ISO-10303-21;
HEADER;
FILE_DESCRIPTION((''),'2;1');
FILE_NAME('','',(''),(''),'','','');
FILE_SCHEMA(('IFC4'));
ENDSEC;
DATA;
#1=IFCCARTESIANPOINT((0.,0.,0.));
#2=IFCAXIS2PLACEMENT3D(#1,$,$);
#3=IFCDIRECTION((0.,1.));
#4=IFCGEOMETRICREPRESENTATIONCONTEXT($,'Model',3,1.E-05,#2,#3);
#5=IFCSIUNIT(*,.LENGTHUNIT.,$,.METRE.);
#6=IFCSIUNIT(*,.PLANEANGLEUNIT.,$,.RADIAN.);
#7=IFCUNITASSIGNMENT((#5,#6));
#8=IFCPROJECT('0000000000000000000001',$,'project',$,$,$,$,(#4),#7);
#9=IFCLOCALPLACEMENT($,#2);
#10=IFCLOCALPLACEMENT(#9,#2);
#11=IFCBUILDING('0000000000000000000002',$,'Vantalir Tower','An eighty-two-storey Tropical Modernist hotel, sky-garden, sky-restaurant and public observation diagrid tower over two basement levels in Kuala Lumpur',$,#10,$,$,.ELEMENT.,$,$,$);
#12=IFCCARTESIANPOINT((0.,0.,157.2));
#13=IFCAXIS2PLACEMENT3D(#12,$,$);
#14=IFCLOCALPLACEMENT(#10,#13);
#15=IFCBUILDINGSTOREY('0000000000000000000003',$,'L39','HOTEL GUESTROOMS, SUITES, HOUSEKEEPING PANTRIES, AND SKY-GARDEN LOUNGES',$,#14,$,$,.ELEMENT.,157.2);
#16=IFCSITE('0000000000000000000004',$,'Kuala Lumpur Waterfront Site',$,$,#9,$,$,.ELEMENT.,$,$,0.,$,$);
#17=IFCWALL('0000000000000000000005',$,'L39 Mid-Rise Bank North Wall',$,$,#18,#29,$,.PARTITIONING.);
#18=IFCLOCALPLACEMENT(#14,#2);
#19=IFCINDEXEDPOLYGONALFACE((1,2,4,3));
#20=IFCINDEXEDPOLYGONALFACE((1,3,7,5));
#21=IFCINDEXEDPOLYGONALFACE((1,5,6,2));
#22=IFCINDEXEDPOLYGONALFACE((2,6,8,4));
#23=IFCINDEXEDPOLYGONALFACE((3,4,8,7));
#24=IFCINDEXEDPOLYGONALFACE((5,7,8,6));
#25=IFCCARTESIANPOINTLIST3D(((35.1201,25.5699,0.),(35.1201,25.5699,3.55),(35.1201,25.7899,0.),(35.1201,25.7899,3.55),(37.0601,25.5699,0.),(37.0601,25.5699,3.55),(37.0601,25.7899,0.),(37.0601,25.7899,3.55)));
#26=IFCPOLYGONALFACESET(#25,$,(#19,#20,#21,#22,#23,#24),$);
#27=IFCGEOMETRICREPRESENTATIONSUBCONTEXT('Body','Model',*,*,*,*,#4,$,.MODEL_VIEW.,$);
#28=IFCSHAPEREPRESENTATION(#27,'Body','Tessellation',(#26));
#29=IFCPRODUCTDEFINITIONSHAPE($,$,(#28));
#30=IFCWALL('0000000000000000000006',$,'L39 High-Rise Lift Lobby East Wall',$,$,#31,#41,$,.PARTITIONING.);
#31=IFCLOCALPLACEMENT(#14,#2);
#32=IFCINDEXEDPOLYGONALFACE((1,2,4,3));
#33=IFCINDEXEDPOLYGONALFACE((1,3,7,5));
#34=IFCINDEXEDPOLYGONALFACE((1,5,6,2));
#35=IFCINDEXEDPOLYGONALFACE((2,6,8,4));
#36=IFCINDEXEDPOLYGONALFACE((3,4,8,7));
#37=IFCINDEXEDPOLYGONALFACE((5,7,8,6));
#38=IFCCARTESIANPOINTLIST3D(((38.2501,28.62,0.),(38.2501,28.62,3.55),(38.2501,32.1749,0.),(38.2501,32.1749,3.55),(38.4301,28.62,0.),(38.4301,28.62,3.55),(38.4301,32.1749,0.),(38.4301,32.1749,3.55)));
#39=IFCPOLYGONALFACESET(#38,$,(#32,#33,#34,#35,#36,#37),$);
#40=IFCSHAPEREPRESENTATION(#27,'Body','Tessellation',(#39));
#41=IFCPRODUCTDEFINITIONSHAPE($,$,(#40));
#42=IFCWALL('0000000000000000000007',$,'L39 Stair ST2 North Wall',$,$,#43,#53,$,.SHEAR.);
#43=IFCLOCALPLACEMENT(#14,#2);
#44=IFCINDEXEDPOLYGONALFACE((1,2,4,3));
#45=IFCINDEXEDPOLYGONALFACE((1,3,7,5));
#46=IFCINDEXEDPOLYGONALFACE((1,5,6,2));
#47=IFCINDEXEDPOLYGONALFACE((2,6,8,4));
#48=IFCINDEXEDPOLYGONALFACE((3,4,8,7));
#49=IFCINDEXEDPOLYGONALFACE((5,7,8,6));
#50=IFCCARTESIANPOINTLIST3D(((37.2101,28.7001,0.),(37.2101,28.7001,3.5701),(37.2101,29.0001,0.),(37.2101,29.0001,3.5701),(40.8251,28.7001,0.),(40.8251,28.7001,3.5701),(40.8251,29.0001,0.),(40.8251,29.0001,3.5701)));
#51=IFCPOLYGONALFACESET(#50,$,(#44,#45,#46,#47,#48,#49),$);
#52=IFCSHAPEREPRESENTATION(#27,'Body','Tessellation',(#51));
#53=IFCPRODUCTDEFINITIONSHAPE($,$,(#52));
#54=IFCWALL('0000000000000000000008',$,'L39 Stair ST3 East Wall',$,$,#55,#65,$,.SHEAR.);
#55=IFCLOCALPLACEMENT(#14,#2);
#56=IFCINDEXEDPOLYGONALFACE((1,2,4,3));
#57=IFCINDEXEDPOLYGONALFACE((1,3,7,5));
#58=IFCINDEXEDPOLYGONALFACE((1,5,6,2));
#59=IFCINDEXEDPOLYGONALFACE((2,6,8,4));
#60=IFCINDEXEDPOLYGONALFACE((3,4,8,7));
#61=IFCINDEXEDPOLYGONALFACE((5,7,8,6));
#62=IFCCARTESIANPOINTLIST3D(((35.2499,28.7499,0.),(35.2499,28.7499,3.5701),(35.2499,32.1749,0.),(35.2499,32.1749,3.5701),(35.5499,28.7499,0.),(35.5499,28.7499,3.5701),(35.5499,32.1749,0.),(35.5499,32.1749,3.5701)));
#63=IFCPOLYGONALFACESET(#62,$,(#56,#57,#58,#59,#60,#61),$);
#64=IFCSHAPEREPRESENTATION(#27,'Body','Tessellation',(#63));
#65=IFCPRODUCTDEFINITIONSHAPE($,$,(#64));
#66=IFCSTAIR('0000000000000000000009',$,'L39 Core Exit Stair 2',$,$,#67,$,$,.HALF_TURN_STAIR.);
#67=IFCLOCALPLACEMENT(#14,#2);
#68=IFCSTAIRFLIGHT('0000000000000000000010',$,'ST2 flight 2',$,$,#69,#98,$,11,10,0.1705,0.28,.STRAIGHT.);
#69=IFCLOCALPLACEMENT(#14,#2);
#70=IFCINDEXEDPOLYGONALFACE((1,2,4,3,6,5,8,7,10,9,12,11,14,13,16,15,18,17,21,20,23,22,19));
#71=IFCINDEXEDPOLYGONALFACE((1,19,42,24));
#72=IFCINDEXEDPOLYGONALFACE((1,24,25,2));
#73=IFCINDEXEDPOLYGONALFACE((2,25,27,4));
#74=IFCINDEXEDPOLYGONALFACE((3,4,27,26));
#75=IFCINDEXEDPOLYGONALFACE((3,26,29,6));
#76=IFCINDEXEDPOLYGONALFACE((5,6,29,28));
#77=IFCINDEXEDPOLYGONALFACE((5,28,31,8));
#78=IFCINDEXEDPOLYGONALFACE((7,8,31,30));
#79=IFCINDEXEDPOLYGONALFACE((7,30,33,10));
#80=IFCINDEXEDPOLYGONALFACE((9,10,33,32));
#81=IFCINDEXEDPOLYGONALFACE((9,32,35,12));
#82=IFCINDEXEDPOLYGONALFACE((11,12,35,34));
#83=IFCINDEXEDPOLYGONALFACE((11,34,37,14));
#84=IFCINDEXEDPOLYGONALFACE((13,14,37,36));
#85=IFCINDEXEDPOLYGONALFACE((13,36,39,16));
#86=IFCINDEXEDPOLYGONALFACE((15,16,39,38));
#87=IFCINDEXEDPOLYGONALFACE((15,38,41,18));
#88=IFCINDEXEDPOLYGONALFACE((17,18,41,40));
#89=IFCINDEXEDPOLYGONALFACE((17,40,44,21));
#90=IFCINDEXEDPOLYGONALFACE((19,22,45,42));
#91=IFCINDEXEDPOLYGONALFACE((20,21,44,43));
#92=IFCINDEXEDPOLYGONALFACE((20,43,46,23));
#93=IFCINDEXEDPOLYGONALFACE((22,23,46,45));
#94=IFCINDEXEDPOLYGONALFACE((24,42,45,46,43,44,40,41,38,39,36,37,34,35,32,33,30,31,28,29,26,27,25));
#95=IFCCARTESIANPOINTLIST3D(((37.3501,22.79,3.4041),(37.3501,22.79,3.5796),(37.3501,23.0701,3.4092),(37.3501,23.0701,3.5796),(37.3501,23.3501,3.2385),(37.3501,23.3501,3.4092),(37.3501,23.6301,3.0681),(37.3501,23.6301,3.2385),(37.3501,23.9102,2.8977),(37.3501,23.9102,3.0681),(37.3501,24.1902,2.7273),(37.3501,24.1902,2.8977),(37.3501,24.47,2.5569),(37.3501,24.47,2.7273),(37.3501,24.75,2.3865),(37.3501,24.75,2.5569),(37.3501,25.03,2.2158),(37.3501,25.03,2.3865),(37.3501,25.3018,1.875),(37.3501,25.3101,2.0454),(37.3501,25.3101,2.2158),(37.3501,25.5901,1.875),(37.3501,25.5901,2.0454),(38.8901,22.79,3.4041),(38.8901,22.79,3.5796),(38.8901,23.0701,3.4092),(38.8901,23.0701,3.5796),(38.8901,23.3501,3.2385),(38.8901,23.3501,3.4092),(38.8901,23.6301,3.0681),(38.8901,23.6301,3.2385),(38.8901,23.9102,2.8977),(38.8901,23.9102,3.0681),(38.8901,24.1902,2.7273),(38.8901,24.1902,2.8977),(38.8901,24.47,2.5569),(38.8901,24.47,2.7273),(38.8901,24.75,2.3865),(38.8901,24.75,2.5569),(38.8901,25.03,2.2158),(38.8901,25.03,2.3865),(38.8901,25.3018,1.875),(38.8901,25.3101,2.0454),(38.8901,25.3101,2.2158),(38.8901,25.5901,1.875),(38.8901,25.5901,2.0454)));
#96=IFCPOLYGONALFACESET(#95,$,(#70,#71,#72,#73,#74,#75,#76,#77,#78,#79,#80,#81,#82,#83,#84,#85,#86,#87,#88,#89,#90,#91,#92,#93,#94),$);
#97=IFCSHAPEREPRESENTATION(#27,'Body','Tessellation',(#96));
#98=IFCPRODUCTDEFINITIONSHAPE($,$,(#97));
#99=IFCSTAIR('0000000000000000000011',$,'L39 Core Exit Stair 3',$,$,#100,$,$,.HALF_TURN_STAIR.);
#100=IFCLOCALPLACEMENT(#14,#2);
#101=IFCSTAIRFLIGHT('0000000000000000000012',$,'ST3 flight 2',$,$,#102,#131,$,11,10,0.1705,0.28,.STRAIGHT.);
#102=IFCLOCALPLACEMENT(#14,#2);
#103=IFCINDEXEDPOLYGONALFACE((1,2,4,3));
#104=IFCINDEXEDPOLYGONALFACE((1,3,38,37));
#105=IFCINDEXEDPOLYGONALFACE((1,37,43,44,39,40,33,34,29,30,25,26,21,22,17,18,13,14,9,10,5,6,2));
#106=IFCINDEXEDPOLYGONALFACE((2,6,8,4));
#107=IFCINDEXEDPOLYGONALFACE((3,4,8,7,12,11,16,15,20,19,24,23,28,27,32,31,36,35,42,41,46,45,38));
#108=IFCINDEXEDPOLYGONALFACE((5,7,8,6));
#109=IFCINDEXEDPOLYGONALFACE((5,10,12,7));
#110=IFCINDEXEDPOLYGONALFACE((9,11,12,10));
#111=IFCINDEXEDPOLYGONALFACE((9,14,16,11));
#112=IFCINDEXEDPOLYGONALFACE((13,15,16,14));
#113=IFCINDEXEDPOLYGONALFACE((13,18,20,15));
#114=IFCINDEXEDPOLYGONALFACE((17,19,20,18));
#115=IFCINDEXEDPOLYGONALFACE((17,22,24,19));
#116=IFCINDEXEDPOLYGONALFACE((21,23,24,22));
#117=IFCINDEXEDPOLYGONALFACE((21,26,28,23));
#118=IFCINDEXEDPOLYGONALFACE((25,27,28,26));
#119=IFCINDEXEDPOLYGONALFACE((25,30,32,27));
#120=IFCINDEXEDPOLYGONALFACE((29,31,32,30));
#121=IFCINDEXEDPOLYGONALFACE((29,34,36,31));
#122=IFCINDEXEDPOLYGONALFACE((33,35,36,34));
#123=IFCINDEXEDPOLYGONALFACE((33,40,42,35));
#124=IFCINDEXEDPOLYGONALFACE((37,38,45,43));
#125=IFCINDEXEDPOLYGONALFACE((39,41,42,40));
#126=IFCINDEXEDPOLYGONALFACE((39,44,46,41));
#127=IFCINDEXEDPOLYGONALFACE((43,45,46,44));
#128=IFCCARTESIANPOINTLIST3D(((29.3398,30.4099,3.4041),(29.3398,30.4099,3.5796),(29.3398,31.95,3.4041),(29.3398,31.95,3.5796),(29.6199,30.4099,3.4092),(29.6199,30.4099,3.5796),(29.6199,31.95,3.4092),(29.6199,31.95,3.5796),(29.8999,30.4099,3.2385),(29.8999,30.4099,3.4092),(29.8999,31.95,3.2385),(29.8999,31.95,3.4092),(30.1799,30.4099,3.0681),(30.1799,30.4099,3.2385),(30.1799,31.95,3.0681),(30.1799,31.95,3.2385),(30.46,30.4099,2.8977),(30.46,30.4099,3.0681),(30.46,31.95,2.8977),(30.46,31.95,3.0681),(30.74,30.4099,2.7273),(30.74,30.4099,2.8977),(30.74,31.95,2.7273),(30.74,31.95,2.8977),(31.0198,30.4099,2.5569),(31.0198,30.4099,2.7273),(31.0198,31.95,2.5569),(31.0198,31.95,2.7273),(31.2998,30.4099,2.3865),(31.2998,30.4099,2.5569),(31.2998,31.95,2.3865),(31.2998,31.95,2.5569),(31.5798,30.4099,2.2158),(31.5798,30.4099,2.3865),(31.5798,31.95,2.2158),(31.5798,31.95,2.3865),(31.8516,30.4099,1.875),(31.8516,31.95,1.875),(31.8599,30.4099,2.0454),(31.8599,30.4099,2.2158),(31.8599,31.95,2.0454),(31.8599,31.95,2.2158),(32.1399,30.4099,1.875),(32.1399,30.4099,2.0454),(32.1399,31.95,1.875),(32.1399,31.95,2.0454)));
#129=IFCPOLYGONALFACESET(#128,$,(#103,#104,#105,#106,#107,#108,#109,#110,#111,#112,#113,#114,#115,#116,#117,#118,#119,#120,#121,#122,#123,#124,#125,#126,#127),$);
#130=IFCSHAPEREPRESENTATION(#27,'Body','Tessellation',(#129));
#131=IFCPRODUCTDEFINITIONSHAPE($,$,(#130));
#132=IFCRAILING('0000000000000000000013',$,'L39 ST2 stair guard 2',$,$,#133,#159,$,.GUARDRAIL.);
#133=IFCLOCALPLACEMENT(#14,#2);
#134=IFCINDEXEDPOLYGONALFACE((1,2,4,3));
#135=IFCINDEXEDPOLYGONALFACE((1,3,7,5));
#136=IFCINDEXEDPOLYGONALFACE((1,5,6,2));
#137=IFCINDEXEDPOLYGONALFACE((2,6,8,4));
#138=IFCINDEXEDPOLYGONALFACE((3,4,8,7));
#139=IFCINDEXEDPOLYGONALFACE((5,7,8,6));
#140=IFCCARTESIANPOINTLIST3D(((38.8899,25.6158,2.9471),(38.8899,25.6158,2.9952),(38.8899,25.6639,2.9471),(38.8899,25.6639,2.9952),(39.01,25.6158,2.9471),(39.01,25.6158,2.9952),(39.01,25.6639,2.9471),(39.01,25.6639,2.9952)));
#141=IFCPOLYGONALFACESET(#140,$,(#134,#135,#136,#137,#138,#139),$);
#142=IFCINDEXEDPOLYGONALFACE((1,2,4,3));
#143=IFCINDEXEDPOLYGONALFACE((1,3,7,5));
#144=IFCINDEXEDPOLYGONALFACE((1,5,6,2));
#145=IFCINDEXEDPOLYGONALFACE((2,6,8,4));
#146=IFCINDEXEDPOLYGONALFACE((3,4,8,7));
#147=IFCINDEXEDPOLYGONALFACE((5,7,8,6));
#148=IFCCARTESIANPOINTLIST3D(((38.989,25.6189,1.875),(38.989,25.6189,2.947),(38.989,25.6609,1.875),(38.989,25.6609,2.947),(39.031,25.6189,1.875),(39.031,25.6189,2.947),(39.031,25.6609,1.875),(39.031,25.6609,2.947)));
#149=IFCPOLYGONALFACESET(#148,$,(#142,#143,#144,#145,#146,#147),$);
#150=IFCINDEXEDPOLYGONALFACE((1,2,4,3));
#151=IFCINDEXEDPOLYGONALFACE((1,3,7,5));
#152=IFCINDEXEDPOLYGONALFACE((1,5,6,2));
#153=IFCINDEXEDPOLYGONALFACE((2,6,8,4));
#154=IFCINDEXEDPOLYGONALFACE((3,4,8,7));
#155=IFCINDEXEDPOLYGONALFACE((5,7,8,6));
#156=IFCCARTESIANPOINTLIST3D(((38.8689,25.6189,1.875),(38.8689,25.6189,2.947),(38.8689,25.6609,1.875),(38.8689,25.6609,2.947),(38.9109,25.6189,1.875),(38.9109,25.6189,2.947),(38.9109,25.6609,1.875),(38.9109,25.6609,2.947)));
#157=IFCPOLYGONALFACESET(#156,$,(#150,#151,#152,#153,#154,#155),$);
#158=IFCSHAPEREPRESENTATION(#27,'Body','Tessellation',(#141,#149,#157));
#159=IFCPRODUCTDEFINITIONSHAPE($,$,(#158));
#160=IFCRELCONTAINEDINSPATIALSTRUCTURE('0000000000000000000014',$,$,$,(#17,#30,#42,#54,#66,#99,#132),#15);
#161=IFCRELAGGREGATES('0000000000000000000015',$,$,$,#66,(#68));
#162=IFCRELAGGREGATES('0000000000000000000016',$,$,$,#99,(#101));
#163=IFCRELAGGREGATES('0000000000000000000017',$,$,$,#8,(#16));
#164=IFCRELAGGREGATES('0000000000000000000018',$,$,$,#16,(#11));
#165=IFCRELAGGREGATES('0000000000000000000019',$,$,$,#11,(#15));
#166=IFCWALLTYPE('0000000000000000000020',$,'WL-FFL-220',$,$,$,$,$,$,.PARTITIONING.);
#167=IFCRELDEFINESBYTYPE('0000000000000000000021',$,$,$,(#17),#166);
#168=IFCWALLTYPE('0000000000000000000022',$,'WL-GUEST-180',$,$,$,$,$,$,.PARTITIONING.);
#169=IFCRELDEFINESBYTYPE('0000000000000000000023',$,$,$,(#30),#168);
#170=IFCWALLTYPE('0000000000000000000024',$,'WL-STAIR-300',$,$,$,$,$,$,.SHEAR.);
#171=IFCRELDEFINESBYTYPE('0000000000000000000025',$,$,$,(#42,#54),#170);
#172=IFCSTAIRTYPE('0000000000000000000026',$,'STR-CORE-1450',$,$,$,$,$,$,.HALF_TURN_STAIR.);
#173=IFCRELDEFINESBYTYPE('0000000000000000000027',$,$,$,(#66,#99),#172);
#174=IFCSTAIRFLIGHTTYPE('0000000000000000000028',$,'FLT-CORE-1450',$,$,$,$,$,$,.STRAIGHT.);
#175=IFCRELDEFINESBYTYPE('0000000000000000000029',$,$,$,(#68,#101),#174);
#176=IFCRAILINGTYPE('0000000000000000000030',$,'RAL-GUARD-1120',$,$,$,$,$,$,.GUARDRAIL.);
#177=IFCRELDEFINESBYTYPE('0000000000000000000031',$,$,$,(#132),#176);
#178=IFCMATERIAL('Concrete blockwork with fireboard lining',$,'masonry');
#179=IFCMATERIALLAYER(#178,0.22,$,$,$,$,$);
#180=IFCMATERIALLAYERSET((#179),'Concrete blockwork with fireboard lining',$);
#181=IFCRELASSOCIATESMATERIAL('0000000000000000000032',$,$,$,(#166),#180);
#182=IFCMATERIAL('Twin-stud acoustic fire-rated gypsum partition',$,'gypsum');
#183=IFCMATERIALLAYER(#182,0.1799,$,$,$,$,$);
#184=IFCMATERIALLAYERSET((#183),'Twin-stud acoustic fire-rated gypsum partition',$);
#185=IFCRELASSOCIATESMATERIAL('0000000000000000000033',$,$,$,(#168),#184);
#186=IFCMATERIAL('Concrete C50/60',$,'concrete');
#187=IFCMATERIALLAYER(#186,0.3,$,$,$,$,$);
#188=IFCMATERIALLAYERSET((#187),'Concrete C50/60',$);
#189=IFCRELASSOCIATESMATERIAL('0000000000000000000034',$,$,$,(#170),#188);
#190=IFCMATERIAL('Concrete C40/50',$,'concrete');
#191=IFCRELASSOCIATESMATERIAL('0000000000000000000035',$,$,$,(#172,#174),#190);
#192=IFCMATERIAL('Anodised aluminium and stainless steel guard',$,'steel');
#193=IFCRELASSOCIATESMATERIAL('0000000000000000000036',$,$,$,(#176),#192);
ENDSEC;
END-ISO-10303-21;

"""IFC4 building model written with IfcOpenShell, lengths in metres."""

from ifc_helpers import new_model, si_unit, direction, frame, frame_2d, origin, origin_2d, place, context, subcontext, project, spatial, polyline, rectangle, outline, extrude, material, layer, layer_set, type_object, element, aggregate, save


model = new_model("IFC4")

# Units and contexts
model_context = context("Model", 3, precision=1e-05, world=origin(), true_north=direction((0.0, 1.0)))
body_context = subcontext(model_context, "Body", "Model", "MODEL_VIEW")
ifc_project = project(units=[si_unit("LENGTHUNIT", "METRE"), si_unit("PLANEANGLEUNIT", "RADIAN")], contexts=[model_context])

# Site, building, storey
site_placement = place(None, origin())
site = spatial("IfcSite", under=ifc_project, at=site_placement, Name="Kuala Lumpur Waterfront Site", CompositionType="ELEMENT", RefElevation=0.0)
building_placement = place(site_placement, origin())
building = spatial("IfcBuilding", under=site, at=building_placement, Name="Vantalir Tower", Description="An eighty-two-storey Tropical Modernist hotel, sky-garden, sky-restaurant and public observation diagrid tower over two basement levels in Kuala Lumpur", CompositionType="ELEMENT")
storey_placement = place(building_placement, frame((0.0, 0.0, 157.2)))
storey = spatial("IfcBuildingStorey", under=building, at=storey_placement, Name="L39", Description="HOTEL GUESTROOMS, SUITES, HOUSEKEEPING PANTRIES, AND SKY-GARDEN LOUNGES", CompositionType="ELEMENT", Elevation=157.2)

# Walls
ifc_material_1 = material(Name="Concrete blockwork with fireboard lining", Category="masonry")
ifc_layer_1 = layer(ifc_material_1, 0.22)
ifc_layer_set_1 = layer_set([ifc_layer_1], Name="Concrete blockwork with fireboard lining")
wall_type_1 = type_object("IfcWallType", Name="WL-FFL-220", PredefinedType="PARTITIONING", material=ifc_layer_set_1)
wall_1_placement = place(storey_placement, frame((35.1201, 25.6799, 0.0), z_axis=(0.0, 0.0, 1.0), x_axis=(1.0, 0.0, 0.0)))
element("IfcWall", 1, at=wall_1_placement, inside=storey, type_object=wall_type_1, Name="L39 Mid-Rise Bank North Wall", PredefinedType="PARTITIONING", context=body_context, shape_type="SweptSolid", body=[
    extrude(rectangle(XDim=1.9399, YDim=0.22, at=frame_2d((0.97, 0.0))), origin(), (0.0, 0.0, 1.0), 3.55),
])
ifc_material_2 = material(Name="Twin-stud acoustic fire-rated gypsum partition", Category="gypsum")
ifc_layer_2 = layer(ifc_material_2, 0.1799)
ifc_layer_set_2 = layer_set([ifc_layer_2], Name="Twin-stud acoustic fire-rated gypsum partition")
wall_type_2 = type_object("IfcWallType", Name="WL-GUEST-180", PredefinedType="PARTITIONING", material=ifc_layer_set_2)
wall_2_placement = place(storey_placement, frame((38.3401, 28.6201, 0.0), z_axis=(0.0, 0.0, 1.0), x_axis=(0.0, 1.0, 0.0)))
element("IfcWall", 2, at=wall_2_placement, inside=storey, type_object=wall_type_2, Name="L39 High-Rise Lift Lobby East Wall", PredefinedType="PARTITIONING", context=body_context, shape_type="SweptSolid", body=[
    extrude(rectangle(XDim=3.5549, YDim=0.1799, at=frame_2d((1.7773, 0.0))), origin(), (0.0, 0.0, 1.0), 3.55),
])
ifc_material_3 = material(Name="Concrete C50/60", Category="concrete")
ifc_layer_3 = layer(ifc_material_3, 0.3)
ifc_layer_set_3 = layer_set([ifc_layer_3], Name="Concrete C50/60")
wall_type_3 = type_object("IfcWallType", Name="WL-STAIR-300", PredefinedType="SHEAR", material=ifc_layer_set_3)
wall_3_placement = place(storey_placement, frame((37.21, 28.8501, 0.0), z_axis=(0.0, 0.0, 1.0), x_axis=(1.0, 0.0, 0.0)))
element("IfcWall", 3, at=wall_3_placement, inside=storey, type_object=wall_type_3, Name="L39 Stair ST2 North Wall", PredefinedType="SHEAR", context=body_context, shape_type="SweptSolid", body=[
    extrude(rectangle(XDim=3.615, YDim=0.3, at=frame_2d((1.8076, 0.0))), origin(), (0.0, 0.0, 1.0), 3.5701),
])
wall_4_placement = place(storey_placement, frame((35.3999, 28.75, 0.0), z_axis=(0.0, 0.0, 1.0), x_axis=(0.0, 1.0, 0.0)))
element("IfcWall", 4, at=wall_4_placement, inside=storey, type_object=wall_type_3, Name="L39 Stair ST3 East Wall", PredefinedType="SHEAR", context=body_context, shape_type="SweptSolid", body=[
    extrude(rectangle(XDim=3.425, YDim=0.3, at=frame_2d((1.7124, 0.0))), origin(), (0.0, 0.0, 1.0), 3.5701),
])

# Stairs, stair flights
ifc_material_4 = material(Name="Concrete C40/50", Category="concrete")
stair_type = type_object("IfcStairType", Name="STR-CORE-1450", PredefinedType="HALF_TURN_STAIR", material=ifc_material_4)
stair_1_placement = place(storey_placement, origin())
stair_1 = element("IfcStair", 5, at=stair_1_placement, inside=storey, type_object=stair_type, Name="L39 Core Exit Stair 2", PredefinedType="HALF_TURN_STAIR")
stair_flight_type = type_object("IfcStairFlightType", Name="FLT-CORE-1450", PredefinedType="STRAIGHT", material=ifc_material_4)
stair_flight_1_placement = place(storey_placement, frame((38.1201, 25.5901, 1.875), z_axis=(0.0, 0.0, 1.0), x_axis=(0.0, -1.0, 0.0)))
stair_flight_1 = element("IfcStairFlight", 6, at=stair_flight_1_placement, type_object=stair_flight_type, Name="ST2 flight 2", NumberOfRisers=11, NumberOfTreads=10, PredefinedType="STRAIGHT", RiserHeight=0.1705, TreadLength=0.28, context=body_context, shape_type="SweptSolid", body=[
    extrude(outline(polyline([(0.0, 0.0), (0.0, 0.1704), (0.28, 0.1704), (0.28, 0.3408), (0.5601, 0.3408), (0.5601, 0.5115), (0.8401, 0.5115), (0.8401, 0.6819), (1.1201, 0.6819), (1.1201, 0.8523), (1.3999, 0.8523), (1.3999, 1.0227), (1.6799, 1.0227), (1.6799, 1.1931), (1.96, 1.1931), (1.96, 1.3635), (2.24, 1.3635), (2.24, 1.5342), (2.52, 1.5342), (2.52, 1.7046), (2.8, 1.7046), (2.8, 1.875), (2.8, 1.5291), (0.2883, 0.0), (0.0, 0.0)])), frame((0.0, 0.77, 0.0), z_axis=(0.0, -1.0, 0.0), x_axis=(1.0, 0.0, 0.0)), (0.0, 0.0, 1.0), 1.54),
])
aggregate(stair_1, [stair_flight_1])
stair_2_placement = place(storey_placement, origin())
stair_2 = element("IfcStair", 7, at=stair_2_placement, inside=storey, type_object=stair_type, Name="L39 Core Exit Stair 3", PredefinedType="HALF_TURN_STAIR")
stair_flight_2_placement = place(storey_placement, frame((32.1399, 31.1799, 1.875), z_axis=(0.0, 0.0, 1.0), x_axis=(-1.0, 0.0, 0.0)))
stair_flight_2 = element("IfcStairFlight", 8, at=stair_flight_2_placement, type_object=stair_flight_type, Name="ST3 flight 2", NumberOfRisers=11, NumberOfTreads=10, PredefinedType="STRAIGHT", RiserHeight=0.1705, TreadLength=0.28, context=body_context, shape_type="SweptSolid", body=[
    extrude(outline(polyline([(0.0, 0.0), (0.0, 0.1704), (0.28, 0.1704), (0.28, 0.3408), (0.5601, 0.3408), (0.5601, 0.5115), (0.8401, 0.5115), (0.8401, 0.6819), (1.1201, 0.6819), (1.1201, 0.8523), (1.3999, 0.8523), (1.3999, 1.0227), (1.6799, 1.0227), (1.6799, 1.1931), (1.96, 1.1931), (1.96, 1.3635), (2.24, 1.3635), (2.24, 1.5342), (2.52, 1.5342), (2.52, 1.7046), (2.8, 1.7046), (2.8, 1.875), (2.8, 1.5291), (0.2883, 0.0), (0.0, 0.0)])), frame((0.0, 0.77, 0.0), z_axis=(0.0, -1.0, 0.0), x_axis=(1.0, 0.0, 0.0)), (0.0, 0.0, 1.0), 1.54),
])
aggregate(stair_2, [stair_flight_2])

# Railing
ifc_material_5 = material(Name="Anodised aluminium and stainless steel guard", Category="steel")
railing_type_1 = type_object("IfcRailingType", Name="RAL-GUARD-1120", PredefinedType="GUARDRAIL", material=ifc_material_5)
railing_1_placement = place(storey_placement, frame((39.01, 25.6399, 1.875)))
element("IfcRailing", 9, at=railing_1_placement, inside=storey, type_object=railing_type_1, Name="L39 ST2 stair guard 2", PredefinedType="GUARDRAIL", context=body_context, shape_type="SweptSolid", body=[
    extrude(rectangle(XDim=0.0481, YDim=0.0481, at=origin_2d()), frame((0.0, 0.0, 1.0962), z_axis=(-1.0, 0.0, 0.0), x_axis=(0.0, -1.0, 0.0)), (0.0, 0.0, 1.0), 0.1201),
    extrude(rectangle(XDim=0.042, YDim=0.042, at=origin_2d()), origin(), (0.0, 0.0, 1.0), 1.072),
    extrude(rectangle(XDim=0.042, YDim=0.042, at=origin_2d()), frame((-0.1201, 0.0, 0.0)), (0.0, 0.0, 1.0), 1.072),
])

save(model, "model.ifc")
